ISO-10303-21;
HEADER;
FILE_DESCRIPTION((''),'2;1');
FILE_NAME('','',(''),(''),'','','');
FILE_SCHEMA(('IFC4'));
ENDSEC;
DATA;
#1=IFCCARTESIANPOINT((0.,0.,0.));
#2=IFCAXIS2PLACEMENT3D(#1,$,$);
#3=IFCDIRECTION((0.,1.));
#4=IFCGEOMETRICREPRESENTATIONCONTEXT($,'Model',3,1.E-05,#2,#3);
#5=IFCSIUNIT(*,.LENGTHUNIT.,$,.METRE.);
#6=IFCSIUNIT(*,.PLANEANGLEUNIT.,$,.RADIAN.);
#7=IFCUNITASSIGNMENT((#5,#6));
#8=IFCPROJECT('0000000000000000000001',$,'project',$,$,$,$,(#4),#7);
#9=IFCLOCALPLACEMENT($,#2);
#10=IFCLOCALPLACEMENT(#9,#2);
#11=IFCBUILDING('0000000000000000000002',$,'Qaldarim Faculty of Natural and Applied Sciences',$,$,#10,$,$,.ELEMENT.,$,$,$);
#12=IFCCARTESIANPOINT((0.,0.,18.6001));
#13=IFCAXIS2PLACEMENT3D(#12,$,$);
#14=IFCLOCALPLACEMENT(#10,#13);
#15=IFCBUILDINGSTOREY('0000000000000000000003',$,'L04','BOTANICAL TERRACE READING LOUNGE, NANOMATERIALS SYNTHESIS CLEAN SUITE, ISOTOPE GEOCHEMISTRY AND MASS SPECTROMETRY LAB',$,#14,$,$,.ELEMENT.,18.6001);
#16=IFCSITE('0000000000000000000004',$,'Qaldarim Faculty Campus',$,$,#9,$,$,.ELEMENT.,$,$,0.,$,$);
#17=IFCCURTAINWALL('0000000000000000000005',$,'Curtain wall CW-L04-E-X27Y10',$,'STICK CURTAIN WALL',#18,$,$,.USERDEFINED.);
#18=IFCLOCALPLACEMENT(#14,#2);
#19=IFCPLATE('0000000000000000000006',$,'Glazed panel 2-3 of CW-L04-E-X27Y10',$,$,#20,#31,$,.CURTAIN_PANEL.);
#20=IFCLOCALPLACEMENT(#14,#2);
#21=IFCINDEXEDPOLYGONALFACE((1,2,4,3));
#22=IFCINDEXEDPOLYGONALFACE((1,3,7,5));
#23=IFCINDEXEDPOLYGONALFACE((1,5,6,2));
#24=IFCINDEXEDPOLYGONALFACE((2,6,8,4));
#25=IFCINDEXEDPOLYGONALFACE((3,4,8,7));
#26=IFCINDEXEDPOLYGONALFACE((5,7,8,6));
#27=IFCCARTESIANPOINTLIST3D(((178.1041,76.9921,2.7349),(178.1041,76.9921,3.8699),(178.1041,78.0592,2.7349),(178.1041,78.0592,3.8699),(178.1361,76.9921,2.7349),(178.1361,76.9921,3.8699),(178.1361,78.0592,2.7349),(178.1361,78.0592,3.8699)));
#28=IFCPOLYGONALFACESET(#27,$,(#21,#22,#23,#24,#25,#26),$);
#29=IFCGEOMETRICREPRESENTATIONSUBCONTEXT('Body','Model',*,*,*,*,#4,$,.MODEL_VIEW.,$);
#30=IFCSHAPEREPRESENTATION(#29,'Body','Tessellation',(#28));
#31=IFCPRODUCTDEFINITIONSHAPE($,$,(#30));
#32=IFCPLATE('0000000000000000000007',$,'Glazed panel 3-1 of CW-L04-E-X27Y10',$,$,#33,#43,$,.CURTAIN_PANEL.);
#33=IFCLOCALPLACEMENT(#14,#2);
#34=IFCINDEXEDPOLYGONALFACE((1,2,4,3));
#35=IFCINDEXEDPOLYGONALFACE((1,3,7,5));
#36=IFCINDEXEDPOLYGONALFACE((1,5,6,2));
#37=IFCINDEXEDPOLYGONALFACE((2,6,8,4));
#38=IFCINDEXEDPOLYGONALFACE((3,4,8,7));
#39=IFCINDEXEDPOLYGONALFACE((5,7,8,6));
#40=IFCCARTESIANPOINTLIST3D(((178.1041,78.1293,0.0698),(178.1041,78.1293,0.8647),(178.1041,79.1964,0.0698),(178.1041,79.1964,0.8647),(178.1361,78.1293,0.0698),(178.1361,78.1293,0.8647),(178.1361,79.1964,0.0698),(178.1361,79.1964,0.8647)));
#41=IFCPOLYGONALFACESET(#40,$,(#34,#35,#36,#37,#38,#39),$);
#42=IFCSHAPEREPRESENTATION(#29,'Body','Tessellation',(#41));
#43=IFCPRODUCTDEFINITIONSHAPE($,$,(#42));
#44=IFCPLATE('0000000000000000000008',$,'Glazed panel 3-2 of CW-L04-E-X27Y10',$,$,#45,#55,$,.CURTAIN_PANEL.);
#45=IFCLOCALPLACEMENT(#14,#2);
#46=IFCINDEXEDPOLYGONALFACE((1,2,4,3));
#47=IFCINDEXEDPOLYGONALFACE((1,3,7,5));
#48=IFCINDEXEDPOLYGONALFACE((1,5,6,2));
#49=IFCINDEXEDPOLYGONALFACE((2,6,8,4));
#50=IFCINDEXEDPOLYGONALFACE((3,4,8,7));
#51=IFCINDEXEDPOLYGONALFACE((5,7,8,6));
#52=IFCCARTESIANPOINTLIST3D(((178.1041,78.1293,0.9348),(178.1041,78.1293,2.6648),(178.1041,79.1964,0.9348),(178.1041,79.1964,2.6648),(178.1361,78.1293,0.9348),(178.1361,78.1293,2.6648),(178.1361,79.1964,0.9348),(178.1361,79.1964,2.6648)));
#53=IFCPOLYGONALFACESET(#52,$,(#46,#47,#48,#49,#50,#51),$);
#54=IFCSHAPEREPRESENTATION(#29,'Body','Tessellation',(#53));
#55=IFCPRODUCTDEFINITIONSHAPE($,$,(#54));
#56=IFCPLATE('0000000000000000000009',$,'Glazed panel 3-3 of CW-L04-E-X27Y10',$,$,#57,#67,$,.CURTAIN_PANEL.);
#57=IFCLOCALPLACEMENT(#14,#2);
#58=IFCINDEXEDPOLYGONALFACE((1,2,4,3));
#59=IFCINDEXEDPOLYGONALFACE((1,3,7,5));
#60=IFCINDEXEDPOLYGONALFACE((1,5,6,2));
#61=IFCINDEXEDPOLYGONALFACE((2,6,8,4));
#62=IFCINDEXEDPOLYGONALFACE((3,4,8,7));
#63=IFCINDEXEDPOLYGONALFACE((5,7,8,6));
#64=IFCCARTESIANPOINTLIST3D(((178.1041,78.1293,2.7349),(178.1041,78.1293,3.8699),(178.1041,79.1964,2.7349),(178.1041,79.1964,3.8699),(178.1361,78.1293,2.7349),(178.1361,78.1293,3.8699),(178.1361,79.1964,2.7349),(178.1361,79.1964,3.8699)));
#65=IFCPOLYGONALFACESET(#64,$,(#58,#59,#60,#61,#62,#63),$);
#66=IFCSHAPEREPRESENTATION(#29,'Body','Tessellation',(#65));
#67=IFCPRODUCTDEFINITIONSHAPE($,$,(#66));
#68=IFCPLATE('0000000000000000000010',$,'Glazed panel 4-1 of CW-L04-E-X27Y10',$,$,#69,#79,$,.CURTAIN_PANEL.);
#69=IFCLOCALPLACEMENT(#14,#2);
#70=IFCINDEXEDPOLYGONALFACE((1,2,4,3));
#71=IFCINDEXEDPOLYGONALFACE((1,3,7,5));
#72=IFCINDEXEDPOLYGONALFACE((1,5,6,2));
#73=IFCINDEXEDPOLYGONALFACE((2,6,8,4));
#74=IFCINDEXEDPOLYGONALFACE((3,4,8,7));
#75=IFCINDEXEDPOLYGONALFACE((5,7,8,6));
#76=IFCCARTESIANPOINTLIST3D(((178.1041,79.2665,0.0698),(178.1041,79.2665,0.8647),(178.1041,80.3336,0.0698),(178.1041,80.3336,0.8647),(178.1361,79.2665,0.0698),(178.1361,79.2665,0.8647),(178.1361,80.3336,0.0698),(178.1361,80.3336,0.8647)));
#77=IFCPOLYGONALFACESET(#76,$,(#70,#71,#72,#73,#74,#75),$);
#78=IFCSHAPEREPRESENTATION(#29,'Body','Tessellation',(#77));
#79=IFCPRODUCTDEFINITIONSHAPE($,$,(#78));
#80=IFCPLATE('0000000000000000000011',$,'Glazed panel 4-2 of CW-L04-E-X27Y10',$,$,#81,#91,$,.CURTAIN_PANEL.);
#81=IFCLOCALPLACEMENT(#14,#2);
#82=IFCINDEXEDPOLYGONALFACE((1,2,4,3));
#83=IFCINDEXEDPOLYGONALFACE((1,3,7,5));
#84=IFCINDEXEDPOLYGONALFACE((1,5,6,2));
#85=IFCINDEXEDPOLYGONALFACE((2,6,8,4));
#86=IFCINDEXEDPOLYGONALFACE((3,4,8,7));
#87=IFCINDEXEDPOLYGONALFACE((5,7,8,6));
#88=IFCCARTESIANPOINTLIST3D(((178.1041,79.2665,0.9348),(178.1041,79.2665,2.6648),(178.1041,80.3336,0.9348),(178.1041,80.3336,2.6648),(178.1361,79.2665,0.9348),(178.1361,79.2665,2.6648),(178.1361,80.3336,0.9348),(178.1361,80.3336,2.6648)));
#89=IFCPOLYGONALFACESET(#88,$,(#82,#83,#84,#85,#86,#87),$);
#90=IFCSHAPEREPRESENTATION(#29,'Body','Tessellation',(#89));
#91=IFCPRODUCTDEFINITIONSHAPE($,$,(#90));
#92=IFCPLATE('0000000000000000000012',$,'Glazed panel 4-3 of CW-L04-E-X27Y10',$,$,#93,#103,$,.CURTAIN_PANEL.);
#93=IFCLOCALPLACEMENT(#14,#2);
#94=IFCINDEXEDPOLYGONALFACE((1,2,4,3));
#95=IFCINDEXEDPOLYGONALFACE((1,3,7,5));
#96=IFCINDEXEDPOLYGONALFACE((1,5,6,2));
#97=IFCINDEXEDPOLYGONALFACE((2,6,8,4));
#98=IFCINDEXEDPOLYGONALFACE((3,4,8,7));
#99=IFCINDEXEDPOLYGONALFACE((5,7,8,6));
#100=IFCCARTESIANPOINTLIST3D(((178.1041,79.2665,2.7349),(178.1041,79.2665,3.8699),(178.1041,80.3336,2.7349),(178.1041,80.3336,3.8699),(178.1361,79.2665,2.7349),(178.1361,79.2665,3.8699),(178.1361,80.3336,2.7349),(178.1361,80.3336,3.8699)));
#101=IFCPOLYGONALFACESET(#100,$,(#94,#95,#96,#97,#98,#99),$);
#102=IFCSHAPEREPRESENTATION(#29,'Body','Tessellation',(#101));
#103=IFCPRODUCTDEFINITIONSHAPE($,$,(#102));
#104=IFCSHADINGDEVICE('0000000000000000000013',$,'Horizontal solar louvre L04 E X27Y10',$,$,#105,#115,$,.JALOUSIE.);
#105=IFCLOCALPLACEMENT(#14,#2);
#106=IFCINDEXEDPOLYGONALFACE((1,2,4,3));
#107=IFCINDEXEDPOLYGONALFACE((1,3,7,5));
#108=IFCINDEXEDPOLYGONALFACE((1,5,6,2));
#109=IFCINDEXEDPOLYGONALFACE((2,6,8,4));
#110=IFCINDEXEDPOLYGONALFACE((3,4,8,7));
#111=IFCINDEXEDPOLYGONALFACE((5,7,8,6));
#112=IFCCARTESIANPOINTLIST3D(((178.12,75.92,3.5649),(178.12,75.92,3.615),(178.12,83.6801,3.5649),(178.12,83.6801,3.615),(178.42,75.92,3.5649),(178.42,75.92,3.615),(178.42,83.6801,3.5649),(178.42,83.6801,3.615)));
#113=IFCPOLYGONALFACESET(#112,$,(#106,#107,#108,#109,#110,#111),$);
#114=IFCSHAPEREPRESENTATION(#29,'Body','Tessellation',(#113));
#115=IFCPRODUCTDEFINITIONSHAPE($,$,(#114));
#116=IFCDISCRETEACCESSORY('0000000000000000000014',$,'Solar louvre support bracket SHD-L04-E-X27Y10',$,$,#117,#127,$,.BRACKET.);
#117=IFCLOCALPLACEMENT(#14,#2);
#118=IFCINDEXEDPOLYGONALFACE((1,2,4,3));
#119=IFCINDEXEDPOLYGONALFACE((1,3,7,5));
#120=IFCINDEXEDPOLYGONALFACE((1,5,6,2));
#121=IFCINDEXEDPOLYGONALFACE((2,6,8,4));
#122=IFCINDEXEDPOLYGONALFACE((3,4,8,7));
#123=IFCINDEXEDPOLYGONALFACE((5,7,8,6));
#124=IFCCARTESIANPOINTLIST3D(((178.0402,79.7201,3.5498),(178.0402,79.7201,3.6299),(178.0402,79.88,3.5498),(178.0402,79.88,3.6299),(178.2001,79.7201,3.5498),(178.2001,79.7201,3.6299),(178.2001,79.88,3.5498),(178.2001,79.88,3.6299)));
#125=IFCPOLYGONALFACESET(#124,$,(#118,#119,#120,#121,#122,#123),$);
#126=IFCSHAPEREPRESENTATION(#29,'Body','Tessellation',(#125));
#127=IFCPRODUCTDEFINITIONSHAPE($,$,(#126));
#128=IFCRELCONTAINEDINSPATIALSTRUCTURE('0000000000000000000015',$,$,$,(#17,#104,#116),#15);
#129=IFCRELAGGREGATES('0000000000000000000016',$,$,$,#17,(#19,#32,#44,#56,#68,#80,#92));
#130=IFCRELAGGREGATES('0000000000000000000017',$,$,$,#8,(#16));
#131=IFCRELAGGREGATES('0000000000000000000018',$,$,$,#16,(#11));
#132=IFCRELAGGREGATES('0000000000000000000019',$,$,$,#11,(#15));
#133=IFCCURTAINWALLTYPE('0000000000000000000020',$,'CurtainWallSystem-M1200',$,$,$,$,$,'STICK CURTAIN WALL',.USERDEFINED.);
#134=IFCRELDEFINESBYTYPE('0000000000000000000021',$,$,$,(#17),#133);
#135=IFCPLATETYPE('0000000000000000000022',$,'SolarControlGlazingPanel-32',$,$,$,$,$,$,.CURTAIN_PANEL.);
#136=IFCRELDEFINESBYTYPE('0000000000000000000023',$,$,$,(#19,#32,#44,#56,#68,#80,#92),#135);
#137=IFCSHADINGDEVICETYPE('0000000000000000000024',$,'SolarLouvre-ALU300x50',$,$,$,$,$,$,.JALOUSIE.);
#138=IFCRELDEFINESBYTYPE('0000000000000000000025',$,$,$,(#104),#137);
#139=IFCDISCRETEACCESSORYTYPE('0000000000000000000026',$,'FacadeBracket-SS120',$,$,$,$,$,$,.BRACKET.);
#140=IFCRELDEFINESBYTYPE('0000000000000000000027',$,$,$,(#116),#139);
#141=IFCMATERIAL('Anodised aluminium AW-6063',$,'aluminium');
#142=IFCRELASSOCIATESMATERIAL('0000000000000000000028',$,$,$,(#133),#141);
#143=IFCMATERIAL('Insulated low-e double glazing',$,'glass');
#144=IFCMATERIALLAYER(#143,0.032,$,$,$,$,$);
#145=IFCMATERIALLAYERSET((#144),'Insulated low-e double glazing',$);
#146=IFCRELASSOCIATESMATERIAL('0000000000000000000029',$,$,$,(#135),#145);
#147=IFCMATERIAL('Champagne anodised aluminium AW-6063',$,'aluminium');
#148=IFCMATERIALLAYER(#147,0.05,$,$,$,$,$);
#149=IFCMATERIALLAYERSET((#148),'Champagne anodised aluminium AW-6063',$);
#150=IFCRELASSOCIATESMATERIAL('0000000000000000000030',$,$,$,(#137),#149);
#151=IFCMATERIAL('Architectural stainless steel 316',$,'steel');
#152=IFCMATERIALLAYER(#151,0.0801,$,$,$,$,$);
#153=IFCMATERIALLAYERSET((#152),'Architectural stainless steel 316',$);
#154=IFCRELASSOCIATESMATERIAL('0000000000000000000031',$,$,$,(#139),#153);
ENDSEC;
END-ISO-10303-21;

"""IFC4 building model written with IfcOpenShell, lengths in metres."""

from ifc_helpers import new_model, si_unit, direction, frame, origin, origin_2d, place, context, subcontext, project, spatial, rectangle, extrude, material, layer, layer_set, type_object, element, aggregate, save


model = new_model("IFC4")

# Units and contexts
model_context = context("Model", 3, precision=1e-05, world=origin(), true_north=direction((0.0, 1.0)))
body_context = subcontext(model_context, "Body", "Model", "MODEL_VIEW")
ifc_project = project(units=[si_unit("LENGTHUNIT", "METRE"), si_unit("PLANEANGLEUNIT", "RADIAN")], contexts=[model_context])

# Site, building, storey
site_placement = place(None, origin())
site = spatial("IfcSite", under=ifc_project, at=site_placement, Name="Qaldarim Faculty Campus", CompositionType="ELEMENT", RefElevation=0.0)
building_placement = place(site_placement, origin())
building = spatial("IfcBuilding", under=site, at=building_placement, Name="Qaldarim Faculty of Natural and Applied Sciences", CompositionType="ELEMENT")
storey_placement = place(building_placement, frame((0.0, 0.0, 18.6001)))
storey = spatial("IfcBuildingStorey", under=building, at=storey_placement, Name="L04", Description="BOTANICAL TERRACE READING LOUNGE, NANOMATERIALS SYNTHESIS CLEAN SUITE, ISOTOPE GEOCHEMISTRY AND MASS SPECTROMETRY LAB", CompositionType="ELEMENT", Elevation=18.6001)

# Curtain wall, plates
ifc_material_1 = material(Name="Anodised aluminium AW-6063", Category="aluminium")
curtain_wall_type = type_object("IfcCurtainWallType", Name="CurtainWallSystem-M1200", ElementType="STICK CURTAIN WALL", PredefinedType="USERDEFINED", material=ifc_material_1)
curtain_wall_placement = place(storey_placement, origin())
curtain_wall = element("IfcCurtainWall", 1, at=curtain_wall_placement, inside=storey, type_object=curtain_wall_type, Name="Curtain wall CW-L04-E-X27Y10", ObjectType="STICK CURTAIN WALL", PredefinedType="USERDEFINED")
ifc_material_2 = material(Name="Insulated low-e double glazing", Category="glass")
ifc_layer_1 = layer(ifc_material_2, 0.032)
ifc_layer_set_1 = layer_set([ifc_layer_1], Name="Insulated low-e double glazing")
plate_type = type_object("IfcPlateType", Name="SolarControlGlazingPanel-32", PredefinedType="CURTAIN_PANEL", material=ifc_layer_set_1)
plate_1_placement = place(storey_placement, frame((178.1201, 77.5256, 2.7349), z_axis=(0.0, 0.0, 1.0), x_axis=(0.0, 1.0, 0.0)))
plate_1 = element("IfcPlate", 2, at=plate_1_placement, type_object=plate_type, Name="Glazed panel 2-3 of CW-L04-E-X27Y10", PredefinedType="CURTAIN_PANEL", context=body_context, shape_type="SweptSolid", body=[
    extrude(rectangle(XDim=1.0671, YDim=0.032, at=origin_2d()), origin(), (0.0, 0.0, 1.0), 1.135),
])
plate_2_placement = place(storey_placement, frame((178.1201, 78.6628, 0.0698), z_axis=(0.0, 0.0, 1.0), x_axis=(0.0, 1.0, 0.0)))
plate_2 = element("IfcPlate", 3, at=plate_2_placement, type_object=plate_type, Name="Glazed panel 3-1 of CW-L04-E-X27Y10", PredefinedType="CURTAIN_PANEL", context=body_context, shape_type="SweptSolid", body=[
    extrude(rectangle(XDim=1.0671, YDim=0.032, at=origin_2d()), origin(), (0.0, 0.0, 1.0), 0.7949),
])
plate_3_placement = place(storey_placement, frame((178.1201, 78.6628, 0.9348), z_axis=(0.0, 0.0, 1.0), x_axis=(0.0, 1.0, 0.0)))
plate_3 = element("IfcPlate", 4, at=plate_3_placement, type_object=plate_type, Name="Glazed panel 3-2 of CW-L04-E-X27Y10", PredefinedType="CURTAIN_PANEL", context=body_context, shape_type="SweptSolid", body=[
    extrude(rectangle(XDim=1.0671, YDim=0.032, at=origin_2d()), origin(), (0.0, 0.0, 1.0), 1.73),
])
plate_4_placement = place(storey_placement, frame((178.1201, 78.6628, 2.7349), z_axis=(0.0, 0.0, 1.0), x_axis=(0.0, 1.0, 0.0)))
plate_4 = element("IfcPlate", 5, at=plate_4_placement, type_object=plate_type, Name="Glazed panel 3-3 of CW-L04-E-X27Y10", PredefinedType="CURTAIN_PANEL", context=body_context, shape_type="SweptSolid", body=[
    extrude(rectangle(XDim=1.0671, YDim=0.032, at=origin_2d()), origin(), (0.0, 0.0, 1.0), 1.135),
])
plate_5_placement = place(storey_placement, frame((178.1201, 79.8, 0.0698), z_axis=(0.0, 0.0, 1.0), x_axis=(0.0, 1.0, 0.0)))
plate_5 = element("IfcPlate", 6, at=plate_5_placement, type_object=plate_type, Name="Glazed panel 4-1 of CW-L04-E-X27Y10", PredefinedType="CURTAIN_PANEL", context=body_context, shape_type="SweptSolid", body=[
    extrude(rectangle(XDim=1.0671, YDim=0.032, at=origin_2d()), origin(), (0.0, 0.0, 1.0), 0.7949),
])
plate_6_placement = place(storey_placement, frame((178.1201, 79.8, 0.9348), z_axis=(0.0, 0.0, 1.0), x_axis=(0.0, 1.0, 0.0)))
plate_6 = element("IfcPlate", 7, at=plate_6_placement, type_object=plate_type, Name="Glazed panel 4-2 of CW-L04-E-X27Y10", PredefinedType="CURTAIN_PANEL", context=body_context, shape_type="SweptSolid", body=[
    extrude(rectangle(XDim=1.0671, YDim=0.032, at=origin_2d()), origin(), (0.0, 0.0, 1.0), 1.73),
])
plate_7_placement = place(storey_placement, frame((178.1201, 79.8, 2.7349), z_axis=(0.0, 0.0, 1.0), x_axis=(0.0, 1.0, 0.0)))
plate_7 = element("IfcPlate", 8, at=plate_7_placement, type_object=plate_type, Name="Glazed panel 4-3 of CW-L04-E-X27Y10", PredefinedType="CURTAIN_PANEL", context=body_context, shape_type="SweptSolid", body=[
    extrude(rectangle(XDim=1.0671, YDim=0.032, at=origin_2d()), origin(), (0.0, 0.0, 1.0), 1.135),
])
aggregate(curtain_wall, [plate_1, plate_2, plate_3, plate_4, plate_5, plate_6, plate_7])

# Shading device
ifc_material_3 = material(Name="Champagne anodised aluminium AW-6063", Category="aluminium")
ifc_layer_2 = layer(ifc_material_3, 0.05)
ifc_layer_set_2 = layer_set([ifc_layer_2], Name="Champagne anodised aluminium AW-6063")
shading_device_type = type_object("IfcShadingDeviceType", Name="SolarLouvre-ALU300x50", PredefinedType="JALOUSIE", material=ifc_layer_set_2)
shading_device_placement = place(storey_placement, frame((178.27, 79.8, 3.5649), z_axis=(0.0, 0.0, 1.0), x_axis=(0.0, 1.0, 0.0)))
element("IfcShadingDevice", 9, at=shading_device_placement, inside=storey, type_object=shading_device_type, Name="Horizontal solar louvre L04 E X27Y10", PredefinedType="JALOUSIE", context=body_context, shape_type="SweptSolid", body=[
    extrude(rectangle(XDim=7.76, YDim=0.3, at=origin_2d()), origin(), (0.0, 0.0, 1.0), 0.05),
])

# Discrete accessory
ifc_material_4 = material(Name="Architectural stainless steel 316", Category="steel")
ifc_layer_3 = layer(ifc_material_4, 0.0801)
ifc_layer_set_3 = layer_set([ifc_layer_3], Name="Architectural stainless steel 316")
discrete_accessory_type = type_object("IfcDiscreteAccessoryType", Name="FacadeBracket-SS120", PredefinedType="BRACKET", material=ifc_layer_set_3)
discrete_accessory_placement = place(storey_placement, frame((178.1201, 79.8, 3.5498), z_axis=(0.0, 0.0, 1.0), x_axis=(0.0, 1.0, 0.0)))
element("IfcDiscreteAccessory", 10, at=discrete_accessory_placement, inside=storey, type_object=discrete_accessory_type, Name="Solar louvre support bracket SHD-L04-E-X27Y10", PredefinedType="BRACKET", context=body_context, shape_type="SweptSolid", body=[
    extrude(rectangle(XDim=0.1599, YDim=0.1599, at=origin_2d()), origin(), (0.0, 0.0, 1.0), 0.0801),
])

save(model, "model.ifc")
